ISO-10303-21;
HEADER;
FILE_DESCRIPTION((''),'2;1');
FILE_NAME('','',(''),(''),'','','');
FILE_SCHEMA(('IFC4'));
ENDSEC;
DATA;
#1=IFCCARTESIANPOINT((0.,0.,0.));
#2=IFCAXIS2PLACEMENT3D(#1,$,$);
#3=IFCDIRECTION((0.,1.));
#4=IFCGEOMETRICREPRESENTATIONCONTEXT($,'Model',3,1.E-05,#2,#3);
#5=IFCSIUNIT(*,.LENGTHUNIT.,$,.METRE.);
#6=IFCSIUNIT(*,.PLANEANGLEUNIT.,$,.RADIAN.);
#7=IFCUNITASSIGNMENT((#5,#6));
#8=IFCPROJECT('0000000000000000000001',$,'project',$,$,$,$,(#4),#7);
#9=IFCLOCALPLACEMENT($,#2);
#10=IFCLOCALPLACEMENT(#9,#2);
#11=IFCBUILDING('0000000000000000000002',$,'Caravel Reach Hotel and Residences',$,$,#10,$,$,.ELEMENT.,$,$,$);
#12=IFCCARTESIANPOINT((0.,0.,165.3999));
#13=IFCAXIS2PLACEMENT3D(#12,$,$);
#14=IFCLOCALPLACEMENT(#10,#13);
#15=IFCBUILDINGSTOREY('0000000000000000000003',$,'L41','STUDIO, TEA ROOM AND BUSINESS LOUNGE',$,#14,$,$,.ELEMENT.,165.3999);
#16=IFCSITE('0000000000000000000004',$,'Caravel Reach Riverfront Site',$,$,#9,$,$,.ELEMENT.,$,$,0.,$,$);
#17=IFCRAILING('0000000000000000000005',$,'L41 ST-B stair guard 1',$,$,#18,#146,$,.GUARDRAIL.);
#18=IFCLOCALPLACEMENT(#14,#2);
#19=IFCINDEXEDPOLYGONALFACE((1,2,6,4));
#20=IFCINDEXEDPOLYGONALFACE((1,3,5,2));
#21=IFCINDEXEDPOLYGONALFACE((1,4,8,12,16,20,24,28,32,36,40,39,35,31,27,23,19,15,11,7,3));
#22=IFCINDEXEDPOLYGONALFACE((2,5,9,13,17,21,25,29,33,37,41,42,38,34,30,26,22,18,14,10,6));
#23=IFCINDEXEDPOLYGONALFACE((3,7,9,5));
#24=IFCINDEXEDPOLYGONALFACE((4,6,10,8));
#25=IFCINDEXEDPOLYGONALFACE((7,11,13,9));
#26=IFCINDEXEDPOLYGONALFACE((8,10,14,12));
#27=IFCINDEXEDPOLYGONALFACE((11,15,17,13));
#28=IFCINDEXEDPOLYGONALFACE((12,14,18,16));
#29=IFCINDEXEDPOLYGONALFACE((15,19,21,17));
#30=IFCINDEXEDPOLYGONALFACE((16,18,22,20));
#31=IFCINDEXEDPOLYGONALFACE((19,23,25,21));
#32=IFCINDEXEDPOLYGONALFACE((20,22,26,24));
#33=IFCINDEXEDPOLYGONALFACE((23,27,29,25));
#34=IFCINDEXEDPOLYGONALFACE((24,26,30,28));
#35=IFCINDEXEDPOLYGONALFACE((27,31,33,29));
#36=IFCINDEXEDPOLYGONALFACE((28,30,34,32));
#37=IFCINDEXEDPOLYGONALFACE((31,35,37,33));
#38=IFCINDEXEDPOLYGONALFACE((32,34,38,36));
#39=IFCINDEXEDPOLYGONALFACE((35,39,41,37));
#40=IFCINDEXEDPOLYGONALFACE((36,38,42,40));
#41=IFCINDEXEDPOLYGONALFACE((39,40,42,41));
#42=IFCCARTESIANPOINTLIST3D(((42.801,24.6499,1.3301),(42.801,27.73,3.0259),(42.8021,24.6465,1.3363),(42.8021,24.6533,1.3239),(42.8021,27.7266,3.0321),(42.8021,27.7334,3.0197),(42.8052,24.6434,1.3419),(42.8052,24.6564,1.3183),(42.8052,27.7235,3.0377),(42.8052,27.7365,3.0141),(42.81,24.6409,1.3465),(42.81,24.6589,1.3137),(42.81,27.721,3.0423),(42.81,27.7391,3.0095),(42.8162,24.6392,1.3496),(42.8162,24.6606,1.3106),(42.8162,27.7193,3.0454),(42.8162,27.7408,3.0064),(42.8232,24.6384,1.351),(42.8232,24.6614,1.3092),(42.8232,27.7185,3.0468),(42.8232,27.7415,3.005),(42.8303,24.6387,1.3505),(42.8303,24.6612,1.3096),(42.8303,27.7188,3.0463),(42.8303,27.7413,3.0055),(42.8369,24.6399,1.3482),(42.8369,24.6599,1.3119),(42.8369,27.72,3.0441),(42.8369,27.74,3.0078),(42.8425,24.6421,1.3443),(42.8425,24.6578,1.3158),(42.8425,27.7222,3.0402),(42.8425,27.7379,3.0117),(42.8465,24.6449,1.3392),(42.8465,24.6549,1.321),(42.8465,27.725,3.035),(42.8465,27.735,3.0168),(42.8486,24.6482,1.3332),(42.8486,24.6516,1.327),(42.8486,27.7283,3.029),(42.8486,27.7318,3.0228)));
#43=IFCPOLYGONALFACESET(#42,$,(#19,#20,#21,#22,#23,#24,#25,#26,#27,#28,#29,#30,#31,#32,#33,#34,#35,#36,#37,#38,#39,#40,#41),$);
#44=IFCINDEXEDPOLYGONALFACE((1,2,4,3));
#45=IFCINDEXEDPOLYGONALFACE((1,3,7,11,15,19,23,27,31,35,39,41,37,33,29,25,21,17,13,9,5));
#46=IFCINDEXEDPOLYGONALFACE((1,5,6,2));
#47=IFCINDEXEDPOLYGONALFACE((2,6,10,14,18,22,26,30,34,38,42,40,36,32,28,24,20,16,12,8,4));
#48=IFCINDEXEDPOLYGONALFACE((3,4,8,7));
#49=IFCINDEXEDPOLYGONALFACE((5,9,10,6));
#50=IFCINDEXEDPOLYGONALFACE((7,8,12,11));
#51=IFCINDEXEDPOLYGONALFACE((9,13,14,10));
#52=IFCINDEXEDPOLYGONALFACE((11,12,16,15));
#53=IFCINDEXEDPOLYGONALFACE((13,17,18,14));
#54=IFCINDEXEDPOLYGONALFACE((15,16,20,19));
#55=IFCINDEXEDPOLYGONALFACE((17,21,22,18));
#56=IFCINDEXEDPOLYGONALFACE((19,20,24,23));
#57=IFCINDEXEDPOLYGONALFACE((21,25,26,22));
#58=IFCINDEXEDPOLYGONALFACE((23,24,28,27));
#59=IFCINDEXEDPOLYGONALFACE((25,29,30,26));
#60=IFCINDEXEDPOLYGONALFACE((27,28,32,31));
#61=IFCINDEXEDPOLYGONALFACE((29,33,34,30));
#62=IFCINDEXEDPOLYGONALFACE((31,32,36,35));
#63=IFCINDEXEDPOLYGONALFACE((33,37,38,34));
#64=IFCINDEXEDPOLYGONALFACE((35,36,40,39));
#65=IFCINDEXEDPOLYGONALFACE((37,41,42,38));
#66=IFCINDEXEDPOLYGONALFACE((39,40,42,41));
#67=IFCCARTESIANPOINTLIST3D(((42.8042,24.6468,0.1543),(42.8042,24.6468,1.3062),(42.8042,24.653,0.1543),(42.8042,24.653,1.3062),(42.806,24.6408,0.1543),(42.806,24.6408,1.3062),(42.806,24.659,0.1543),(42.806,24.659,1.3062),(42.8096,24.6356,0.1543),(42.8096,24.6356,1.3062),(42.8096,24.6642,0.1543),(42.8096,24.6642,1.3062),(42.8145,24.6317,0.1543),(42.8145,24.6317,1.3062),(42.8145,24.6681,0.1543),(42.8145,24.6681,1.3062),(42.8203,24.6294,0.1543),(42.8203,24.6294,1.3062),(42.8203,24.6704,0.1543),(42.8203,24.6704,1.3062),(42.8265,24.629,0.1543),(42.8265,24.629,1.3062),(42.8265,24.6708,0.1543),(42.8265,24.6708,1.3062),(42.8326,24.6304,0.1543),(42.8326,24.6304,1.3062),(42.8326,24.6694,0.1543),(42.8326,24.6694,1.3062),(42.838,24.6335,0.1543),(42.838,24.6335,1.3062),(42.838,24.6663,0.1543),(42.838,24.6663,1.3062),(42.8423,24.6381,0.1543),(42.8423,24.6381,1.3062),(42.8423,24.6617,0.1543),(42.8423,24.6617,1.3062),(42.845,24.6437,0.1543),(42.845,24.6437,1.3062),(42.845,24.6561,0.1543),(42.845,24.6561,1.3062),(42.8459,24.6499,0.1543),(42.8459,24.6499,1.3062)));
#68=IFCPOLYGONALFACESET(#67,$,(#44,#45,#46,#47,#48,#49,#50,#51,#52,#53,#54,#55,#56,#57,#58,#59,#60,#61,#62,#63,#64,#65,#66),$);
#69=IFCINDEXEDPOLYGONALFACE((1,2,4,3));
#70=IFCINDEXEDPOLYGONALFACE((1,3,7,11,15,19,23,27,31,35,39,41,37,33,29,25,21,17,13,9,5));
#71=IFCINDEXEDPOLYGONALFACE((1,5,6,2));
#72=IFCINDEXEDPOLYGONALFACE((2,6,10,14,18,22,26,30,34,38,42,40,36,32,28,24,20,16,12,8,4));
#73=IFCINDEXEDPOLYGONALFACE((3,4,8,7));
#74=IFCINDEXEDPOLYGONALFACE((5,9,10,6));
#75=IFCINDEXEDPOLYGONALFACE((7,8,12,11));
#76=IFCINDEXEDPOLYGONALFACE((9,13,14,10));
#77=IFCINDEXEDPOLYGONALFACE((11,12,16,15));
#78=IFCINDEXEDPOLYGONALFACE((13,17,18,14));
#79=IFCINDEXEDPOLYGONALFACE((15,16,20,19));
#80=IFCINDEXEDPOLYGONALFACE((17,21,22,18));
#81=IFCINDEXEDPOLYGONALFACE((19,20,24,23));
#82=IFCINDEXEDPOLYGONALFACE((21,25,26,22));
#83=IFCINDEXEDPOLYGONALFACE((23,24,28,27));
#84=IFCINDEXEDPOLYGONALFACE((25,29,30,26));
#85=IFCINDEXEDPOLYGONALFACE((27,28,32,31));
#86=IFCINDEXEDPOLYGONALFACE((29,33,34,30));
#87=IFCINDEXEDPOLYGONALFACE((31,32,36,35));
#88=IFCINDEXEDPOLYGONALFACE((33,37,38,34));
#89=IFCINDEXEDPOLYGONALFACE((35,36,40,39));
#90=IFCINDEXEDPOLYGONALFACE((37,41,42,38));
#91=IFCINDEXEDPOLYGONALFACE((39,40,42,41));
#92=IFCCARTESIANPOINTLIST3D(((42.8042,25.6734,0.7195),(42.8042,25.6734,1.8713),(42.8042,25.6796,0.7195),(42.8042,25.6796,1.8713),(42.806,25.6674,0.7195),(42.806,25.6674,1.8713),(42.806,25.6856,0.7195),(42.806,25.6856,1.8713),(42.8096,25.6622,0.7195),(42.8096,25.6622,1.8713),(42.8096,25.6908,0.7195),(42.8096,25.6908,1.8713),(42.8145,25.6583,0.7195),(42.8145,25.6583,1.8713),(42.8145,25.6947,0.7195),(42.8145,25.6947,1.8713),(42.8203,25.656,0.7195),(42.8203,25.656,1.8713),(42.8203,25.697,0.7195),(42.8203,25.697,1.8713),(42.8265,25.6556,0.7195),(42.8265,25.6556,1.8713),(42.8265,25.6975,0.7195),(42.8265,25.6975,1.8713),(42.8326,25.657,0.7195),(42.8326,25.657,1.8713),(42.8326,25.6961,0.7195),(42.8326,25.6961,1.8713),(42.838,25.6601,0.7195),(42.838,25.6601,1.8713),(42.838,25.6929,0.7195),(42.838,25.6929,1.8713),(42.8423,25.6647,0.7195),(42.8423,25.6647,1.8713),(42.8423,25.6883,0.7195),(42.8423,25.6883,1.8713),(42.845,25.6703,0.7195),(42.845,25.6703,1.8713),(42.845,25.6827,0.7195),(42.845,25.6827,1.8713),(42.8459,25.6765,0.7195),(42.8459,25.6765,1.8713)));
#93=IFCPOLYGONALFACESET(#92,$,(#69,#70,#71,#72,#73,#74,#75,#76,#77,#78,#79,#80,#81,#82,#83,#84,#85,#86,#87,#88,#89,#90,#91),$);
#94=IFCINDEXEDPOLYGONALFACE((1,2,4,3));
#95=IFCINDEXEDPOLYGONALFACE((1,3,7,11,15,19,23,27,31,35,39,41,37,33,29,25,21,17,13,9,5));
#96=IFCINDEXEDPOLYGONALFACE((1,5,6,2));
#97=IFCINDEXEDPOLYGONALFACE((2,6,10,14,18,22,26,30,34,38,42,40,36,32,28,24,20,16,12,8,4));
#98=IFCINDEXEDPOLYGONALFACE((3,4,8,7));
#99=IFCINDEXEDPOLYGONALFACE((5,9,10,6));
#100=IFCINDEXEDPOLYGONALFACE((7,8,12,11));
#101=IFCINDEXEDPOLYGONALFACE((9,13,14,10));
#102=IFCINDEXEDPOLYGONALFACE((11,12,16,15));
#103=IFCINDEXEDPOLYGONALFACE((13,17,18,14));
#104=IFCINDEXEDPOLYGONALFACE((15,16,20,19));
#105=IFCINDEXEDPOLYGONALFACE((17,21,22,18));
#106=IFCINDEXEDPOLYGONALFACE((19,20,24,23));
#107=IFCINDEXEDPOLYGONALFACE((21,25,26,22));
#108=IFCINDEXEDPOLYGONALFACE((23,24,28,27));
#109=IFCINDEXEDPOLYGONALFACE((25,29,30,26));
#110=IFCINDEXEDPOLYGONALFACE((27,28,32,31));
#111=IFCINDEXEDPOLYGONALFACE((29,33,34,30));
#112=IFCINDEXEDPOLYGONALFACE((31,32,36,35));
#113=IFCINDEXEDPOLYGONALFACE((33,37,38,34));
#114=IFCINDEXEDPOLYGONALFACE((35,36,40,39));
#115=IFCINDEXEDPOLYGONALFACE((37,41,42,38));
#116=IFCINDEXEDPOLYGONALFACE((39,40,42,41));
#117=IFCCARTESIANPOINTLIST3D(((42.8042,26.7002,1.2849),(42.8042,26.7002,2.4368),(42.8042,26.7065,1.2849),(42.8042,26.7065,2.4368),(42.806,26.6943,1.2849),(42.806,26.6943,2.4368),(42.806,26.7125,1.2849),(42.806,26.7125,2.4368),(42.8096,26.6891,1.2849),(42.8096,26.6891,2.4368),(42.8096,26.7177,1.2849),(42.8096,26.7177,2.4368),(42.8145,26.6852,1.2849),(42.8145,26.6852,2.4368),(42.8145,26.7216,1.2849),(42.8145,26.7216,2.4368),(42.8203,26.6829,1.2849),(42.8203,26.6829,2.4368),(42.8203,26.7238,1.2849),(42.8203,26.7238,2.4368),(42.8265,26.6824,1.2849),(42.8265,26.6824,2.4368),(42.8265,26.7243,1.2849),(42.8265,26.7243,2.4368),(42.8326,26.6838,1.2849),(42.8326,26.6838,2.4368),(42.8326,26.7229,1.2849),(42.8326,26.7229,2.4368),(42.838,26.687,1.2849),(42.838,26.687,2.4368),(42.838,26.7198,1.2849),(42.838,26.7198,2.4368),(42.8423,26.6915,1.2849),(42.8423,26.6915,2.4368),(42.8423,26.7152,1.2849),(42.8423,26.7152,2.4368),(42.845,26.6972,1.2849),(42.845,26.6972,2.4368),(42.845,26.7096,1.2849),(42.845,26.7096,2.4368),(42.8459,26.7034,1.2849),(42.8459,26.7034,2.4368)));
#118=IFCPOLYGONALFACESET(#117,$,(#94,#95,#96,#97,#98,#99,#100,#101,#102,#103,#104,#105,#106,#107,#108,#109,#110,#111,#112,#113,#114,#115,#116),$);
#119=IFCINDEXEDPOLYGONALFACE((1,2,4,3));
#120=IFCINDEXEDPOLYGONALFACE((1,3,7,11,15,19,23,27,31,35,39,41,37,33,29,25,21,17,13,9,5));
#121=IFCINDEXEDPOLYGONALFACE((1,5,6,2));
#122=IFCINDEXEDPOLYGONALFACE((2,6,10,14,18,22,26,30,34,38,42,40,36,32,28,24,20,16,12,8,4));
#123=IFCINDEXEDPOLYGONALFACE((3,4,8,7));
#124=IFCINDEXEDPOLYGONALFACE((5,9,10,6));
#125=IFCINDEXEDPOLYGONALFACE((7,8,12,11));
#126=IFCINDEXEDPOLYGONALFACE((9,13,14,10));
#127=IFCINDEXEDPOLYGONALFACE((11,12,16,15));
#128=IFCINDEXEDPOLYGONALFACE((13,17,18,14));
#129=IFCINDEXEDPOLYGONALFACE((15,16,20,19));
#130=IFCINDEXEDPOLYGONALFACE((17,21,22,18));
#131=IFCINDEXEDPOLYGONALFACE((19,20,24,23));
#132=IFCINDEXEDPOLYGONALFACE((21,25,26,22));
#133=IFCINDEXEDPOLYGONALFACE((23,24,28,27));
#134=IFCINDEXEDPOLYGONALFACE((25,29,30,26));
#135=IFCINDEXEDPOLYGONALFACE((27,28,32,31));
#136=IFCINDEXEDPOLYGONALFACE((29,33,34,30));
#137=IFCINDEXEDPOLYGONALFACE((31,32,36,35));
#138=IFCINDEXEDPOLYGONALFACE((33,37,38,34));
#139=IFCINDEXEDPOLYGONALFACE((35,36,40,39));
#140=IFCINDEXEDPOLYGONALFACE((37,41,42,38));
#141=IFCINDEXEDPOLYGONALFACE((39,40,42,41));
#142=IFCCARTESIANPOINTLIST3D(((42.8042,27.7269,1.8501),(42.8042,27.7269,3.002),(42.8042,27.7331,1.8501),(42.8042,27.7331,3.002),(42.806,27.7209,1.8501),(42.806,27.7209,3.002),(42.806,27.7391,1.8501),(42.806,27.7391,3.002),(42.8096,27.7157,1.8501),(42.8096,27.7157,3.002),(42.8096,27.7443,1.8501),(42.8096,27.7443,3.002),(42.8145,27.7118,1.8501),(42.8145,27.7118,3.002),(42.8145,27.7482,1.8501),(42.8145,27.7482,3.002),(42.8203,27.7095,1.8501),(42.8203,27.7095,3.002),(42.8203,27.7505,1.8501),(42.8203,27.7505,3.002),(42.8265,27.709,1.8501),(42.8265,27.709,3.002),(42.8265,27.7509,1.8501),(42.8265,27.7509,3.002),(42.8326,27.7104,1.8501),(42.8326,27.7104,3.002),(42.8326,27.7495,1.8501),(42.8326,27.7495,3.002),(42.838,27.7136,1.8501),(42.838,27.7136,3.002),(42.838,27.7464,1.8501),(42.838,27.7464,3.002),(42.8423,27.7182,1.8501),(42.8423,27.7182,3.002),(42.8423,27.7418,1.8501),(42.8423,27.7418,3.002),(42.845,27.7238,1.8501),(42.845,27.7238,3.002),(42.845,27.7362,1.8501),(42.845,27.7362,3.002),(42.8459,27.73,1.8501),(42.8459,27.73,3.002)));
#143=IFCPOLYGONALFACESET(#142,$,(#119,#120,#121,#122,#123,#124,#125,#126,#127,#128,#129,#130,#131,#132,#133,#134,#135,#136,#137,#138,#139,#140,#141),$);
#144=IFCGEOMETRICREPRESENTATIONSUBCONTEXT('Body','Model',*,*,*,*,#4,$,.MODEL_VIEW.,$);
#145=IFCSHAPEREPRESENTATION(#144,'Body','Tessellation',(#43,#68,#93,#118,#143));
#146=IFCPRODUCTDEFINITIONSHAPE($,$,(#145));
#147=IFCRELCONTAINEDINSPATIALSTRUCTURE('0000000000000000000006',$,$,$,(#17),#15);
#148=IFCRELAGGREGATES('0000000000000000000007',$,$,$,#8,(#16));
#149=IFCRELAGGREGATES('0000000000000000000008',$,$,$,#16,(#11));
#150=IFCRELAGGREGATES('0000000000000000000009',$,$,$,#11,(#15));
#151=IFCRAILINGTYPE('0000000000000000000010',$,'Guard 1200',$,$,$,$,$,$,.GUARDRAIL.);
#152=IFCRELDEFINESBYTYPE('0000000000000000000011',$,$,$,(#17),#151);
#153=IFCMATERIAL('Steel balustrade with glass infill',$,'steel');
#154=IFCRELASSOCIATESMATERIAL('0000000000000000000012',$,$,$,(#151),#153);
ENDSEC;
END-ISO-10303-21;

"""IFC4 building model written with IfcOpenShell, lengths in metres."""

from ifc_helpers import new_model, si_unit, direction, frame, origin, origin_2d, place, context, subcontext, project, spatial, circle, extrude, material, type_object, element, save


model = new_model("IFC4")

# Units and contexts
model_context = context("Model", 3, precision=1e-05, world=origin(), true_north=direction((0.0, 1.0)))
body_context = subcontext(model_context, "Body", "Model", "MODEL_VIEW")
ifc_project = project(units=[si_unit("LENGTHUNIT", "METRE"), si_unit("PLANEANGLEUNIT", "RADIAN")], contexts=[model_context])

# Site, building, storey
site_placement = place(None, origin())
site = spatial("IfcSite", under=ifc_project, at=site_placement, Name="Caravel Reach Riverfront Site", CompositionType="ELEMENT", RefElevation=0.0)
building_placement = place(site_placement, origin())
building = spatial("IfcBuilding", under=site, at=building_placement, Name="Caravel Reach Hotel and Residences", CompositionType="ELEMENT")
storey_placement = place(building_placement, frame((0.0, 0.0, 165.3999)))
storey = spatial("IfcBuildingStorey", under=building, at=storey_placement, Name="L41", Description="STUDIO, TEA ROOM AND BUSINESS LOUNGE", CompositionType="ELEMENT", Elevation=165.3999)

# Railing
ifc_material_1 = material(Name="Steel balustrade with glass infill", Category="steel")
railing_type_1 = type_object("IfcRailingType", Name="Guard 1200", PredefinedType="GUARDRAIL", material=ifc_material_1)
railing_1_placement = place(storey_placement, frame((42.825, 24.6499, 0.1543)))
element("IfcRailing", 1, at=railing_1_placement, inside=storey, type_object=railing_type_1, Name="L41 ST-B stair guard 1", PredefinedType="GUARDRAIL", context=body_context, shape_type="SweptSolid", body=[
    extrude(circle(Radius=0.0239, at=origin_2d()), frame((0.0, 0.0, 1.1758), z_axis=(0.0, 0.876005, 0.482303), x_axis=(-1.0, 0.0, 0.0)), (0.0, 0.0, 1.0), 3.5161),
    extrude(circle(Radius=0.021, at=origin_2d()), origin(), (0.0, 0.0, 1.0), 1.1519),
    extrude(circle(Radius=0.021, at=origin_2d()), frame((0.0, 1.0266, 0.5652)), (0.0, 0.0, 1.0), 1.1519),
    extrude(circle(Radius=0.021, at=origin_2d()), frame((0.0, 2.0535, 1.1306)), (0.0, 0.0, 1.0), 1.1519),
    extrude(circle(Radius=0.021, at=origin_2d()), frame((0.0, 3.0801, 1.6958)), (0.0, 0.0, 1.0), 1.1519),
])

save(model, "model.ifc")
